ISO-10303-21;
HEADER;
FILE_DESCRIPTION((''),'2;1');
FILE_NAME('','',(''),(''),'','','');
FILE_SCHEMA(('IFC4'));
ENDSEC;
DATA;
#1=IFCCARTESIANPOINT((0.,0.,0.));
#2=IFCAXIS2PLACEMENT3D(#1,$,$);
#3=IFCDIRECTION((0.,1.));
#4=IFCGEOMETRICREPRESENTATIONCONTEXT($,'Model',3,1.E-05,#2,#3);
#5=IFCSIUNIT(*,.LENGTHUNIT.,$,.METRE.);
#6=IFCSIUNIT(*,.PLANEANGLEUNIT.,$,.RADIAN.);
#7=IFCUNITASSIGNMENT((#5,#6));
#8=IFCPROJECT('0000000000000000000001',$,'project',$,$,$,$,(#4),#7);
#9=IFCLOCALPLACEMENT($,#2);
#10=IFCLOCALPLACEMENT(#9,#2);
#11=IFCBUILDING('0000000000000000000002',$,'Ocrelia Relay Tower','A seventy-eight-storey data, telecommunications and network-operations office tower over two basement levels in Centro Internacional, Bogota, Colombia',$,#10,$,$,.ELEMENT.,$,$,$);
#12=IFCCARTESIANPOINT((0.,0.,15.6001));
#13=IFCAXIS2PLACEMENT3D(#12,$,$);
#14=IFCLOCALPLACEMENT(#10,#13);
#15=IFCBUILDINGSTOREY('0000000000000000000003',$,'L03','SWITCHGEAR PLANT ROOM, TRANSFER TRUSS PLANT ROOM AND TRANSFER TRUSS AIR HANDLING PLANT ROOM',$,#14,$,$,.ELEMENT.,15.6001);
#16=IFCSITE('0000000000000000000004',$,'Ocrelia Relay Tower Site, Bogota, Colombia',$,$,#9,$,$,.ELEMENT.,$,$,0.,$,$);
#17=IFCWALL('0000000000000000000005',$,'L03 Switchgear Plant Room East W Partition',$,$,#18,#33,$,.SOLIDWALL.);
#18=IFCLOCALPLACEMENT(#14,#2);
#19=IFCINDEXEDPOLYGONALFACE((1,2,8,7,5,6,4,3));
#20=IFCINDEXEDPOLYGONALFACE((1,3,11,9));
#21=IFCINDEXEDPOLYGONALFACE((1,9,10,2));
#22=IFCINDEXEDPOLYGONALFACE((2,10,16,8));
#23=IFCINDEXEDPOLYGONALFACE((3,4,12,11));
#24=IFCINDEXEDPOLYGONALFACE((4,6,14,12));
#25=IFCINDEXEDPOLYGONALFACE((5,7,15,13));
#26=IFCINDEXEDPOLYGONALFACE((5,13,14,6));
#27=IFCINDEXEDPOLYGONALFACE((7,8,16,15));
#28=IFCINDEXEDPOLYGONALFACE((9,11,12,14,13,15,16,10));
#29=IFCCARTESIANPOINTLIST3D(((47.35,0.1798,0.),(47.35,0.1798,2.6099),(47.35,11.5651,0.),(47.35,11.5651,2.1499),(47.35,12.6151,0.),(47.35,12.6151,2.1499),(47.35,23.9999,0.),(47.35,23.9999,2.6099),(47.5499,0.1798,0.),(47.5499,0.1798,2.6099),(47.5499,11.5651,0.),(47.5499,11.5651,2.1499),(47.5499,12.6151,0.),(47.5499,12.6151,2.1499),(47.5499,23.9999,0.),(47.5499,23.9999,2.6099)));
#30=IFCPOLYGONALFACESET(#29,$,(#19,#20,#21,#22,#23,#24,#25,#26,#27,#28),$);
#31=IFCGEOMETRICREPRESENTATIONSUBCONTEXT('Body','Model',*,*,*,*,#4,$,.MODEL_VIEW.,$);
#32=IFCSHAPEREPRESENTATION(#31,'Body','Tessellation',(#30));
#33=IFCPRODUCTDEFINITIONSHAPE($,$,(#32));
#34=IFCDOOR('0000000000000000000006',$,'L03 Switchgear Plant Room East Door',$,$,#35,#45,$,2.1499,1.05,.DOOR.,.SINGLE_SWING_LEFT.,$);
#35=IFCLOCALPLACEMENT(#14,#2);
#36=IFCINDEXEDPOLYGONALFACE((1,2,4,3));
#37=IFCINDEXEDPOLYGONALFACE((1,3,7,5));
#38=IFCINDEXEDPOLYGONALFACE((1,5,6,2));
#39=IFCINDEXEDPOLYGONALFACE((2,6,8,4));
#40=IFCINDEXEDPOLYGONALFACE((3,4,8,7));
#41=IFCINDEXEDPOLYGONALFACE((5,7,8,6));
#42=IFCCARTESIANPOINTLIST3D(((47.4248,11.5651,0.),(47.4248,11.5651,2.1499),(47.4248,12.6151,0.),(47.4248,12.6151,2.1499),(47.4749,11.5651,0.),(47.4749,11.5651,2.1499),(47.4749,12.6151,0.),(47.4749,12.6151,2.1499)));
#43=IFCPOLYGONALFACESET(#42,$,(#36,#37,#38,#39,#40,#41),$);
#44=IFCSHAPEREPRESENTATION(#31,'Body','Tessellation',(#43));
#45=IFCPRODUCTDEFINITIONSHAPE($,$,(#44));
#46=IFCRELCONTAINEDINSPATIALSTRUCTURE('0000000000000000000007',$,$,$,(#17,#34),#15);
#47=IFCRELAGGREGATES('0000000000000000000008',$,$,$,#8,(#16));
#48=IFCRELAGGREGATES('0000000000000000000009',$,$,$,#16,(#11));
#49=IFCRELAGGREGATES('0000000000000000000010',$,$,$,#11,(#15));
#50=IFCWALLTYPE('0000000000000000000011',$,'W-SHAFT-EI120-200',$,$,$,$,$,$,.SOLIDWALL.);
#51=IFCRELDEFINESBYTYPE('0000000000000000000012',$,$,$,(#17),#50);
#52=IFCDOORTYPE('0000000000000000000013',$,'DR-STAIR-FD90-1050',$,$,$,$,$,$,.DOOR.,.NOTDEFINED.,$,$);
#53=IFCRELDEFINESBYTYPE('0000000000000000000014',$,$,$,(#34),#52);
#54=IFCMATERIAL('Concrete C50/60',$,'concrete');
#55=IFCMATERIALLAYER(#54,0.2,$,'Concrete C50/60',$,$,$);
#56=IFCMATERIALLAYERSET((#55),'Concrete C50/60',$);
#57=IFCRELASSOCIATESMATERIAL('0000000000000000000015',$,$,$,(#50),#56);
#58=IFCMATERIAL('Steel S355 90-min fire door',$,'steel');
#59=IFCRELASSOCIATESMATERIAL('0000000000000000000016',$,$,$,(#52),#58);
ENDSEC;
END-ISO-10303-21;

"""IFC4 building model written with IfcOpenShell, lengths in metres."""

from ifc_helpers import new_model, si_unit, direction, frame, frame_2d, origin, place, context, subcontext, project, spatial, rectangle, extrude, material, layer, layer_set, type_object, element, fill, save


model = new_model("IFC4")

# Units and contexts
model_context = context("Model", 3, precision=1e-05, world=origin(), true_north=direction((0.0, 1.0)))
body_context = subcontext(model_context, "Body", "Model", "MODEL_VIEW")
ifc_project = project(units=[si_unit("LENGTHUNIT", "METRE"), si_unit("PLANEANGLEUNIT", "RADIAN")], contexts=[model_context])

# Site, building, storey
site_placement = place(None, origin())
site = spatial("IfcSite", under=ifc_project, at=site_placement, Name="Ocrelia Relay Tower Site, Bogota, Colombia", CompositionType="ELEMENT", RefElevation=0.0)
building_placement = place(site_placement, origin())
building = spatial("IfcBuilding", under=site, at=building_placement, Name="Ocrelia Relay Tower", Description="A seventy-eight-storey data, telecommunications and network-operations office tower over two basement levels in Centro Internacional, Bogota, Colombia", CompositionType="ELEMENT")
storey_placement = place(building_placement, frame((0.0, 0.0, 15.6001)))
storey = spatial("IfcBuildingStorey", under=building, at=storey_placement, Name="L03", Description="SWITCHGEAR PLANT ROOM, TRANSFER TRUSS PLANT ROOM AND TRANSFER TRUSS AIR HANDLING PLANT ROOM", CompositionType="ELEMENT", Elevation=15.6001)

# Wall, opening, door
ifc_material_1 = material(Name="Concrete C50/60", Category="concrete")
ifc_layer_1 = layer(ifc_material_1, 0.2, Name="Concrete C50/60")
ifc_layer_set_1 = layer_set([ifc_layer_1], Name="Concrete C50/60")
wall_type_1 = type_object("IfcWallType", Name="W-SHAFT-EI120-200", PredefinedType="SOLIDWALL", material=ifc_layer_set_1)
wall_1_placement = place(storey_placement, frame((47.45, 24.0, 0.0), z_axis=(0.0, 0.0, 1.0), x_axis=(0.0, -1.0, 0.0)))
wall_1 = element("IfcWall", 1, at=wall_1_placement, inside=storey, type_object=wall_type_1, Name="L03 Switchgear Plant Room East W Partition", PredefinedType="SOLIDWALL", context=body_context, shape_type="SweptSolid", body=[
    extrude(rectangle(XDim=23.8201, YDim=0.2, at=frame_2d((11.9102, 0.0))), origin(), (0.0, 0.0, 1.0), 2.6099),
])
opening_placement = place(wall_1_placement, frame((11.385, 0.0, 0.0)))
opening = element("IfcOpeningElement", 2, at=opening_placement, cuts=wall_1, PredefinedType="OPENING", context=body_context, shape_type="SweptSolid", body=[
    extrude(rectangle(XDim=1.05, YDim=2.1499, at=frame_2d((0.5249, 1.075))), frame((0.0, 0.1099, 0.0), z_axis=(0.0, -1.0, 0.0), x_axis=(1.0, 0.0, 0.0)), (0.0, 0.0, 1.0), 0.22),
])
ifc_material_2 = material(Name="Steel S355 90-min fire door", Category="steel")
door_type = type_object("IfcDoorType", Name="DR-STAIR-FD90-1050", OperationType="NOTDEFINED", PredefinedType="DOOR", material=ifc_material_2)
door_placement = place(opening_placement, origin())
door = element("IfcDoor", 3, at=door_placement, inside=storey, type_object=door_type, Name="L03 Switchgear Plant Room East Door", OperationType="SINGLE_SWING_LEFT", OverallHeight=2.1499, OverallWidth=1.05, PredefinedType="DOOR", context=body_context, shape_type="SweptSolid", body=[
    extrude(rectangle(XDim=1.05, YDim=2.1499, at=frame_2d((0.5249, 1.075))), frame((0.0, 0.0249, 0.0), z_axis=(0.0, -1.0, 0.0), x_axis=(1.0, 0.0, 0.0)), (0.0, 0.0, 1.0), 0.05),
])
fill(opening, door)

save(model, "model.ifc")
